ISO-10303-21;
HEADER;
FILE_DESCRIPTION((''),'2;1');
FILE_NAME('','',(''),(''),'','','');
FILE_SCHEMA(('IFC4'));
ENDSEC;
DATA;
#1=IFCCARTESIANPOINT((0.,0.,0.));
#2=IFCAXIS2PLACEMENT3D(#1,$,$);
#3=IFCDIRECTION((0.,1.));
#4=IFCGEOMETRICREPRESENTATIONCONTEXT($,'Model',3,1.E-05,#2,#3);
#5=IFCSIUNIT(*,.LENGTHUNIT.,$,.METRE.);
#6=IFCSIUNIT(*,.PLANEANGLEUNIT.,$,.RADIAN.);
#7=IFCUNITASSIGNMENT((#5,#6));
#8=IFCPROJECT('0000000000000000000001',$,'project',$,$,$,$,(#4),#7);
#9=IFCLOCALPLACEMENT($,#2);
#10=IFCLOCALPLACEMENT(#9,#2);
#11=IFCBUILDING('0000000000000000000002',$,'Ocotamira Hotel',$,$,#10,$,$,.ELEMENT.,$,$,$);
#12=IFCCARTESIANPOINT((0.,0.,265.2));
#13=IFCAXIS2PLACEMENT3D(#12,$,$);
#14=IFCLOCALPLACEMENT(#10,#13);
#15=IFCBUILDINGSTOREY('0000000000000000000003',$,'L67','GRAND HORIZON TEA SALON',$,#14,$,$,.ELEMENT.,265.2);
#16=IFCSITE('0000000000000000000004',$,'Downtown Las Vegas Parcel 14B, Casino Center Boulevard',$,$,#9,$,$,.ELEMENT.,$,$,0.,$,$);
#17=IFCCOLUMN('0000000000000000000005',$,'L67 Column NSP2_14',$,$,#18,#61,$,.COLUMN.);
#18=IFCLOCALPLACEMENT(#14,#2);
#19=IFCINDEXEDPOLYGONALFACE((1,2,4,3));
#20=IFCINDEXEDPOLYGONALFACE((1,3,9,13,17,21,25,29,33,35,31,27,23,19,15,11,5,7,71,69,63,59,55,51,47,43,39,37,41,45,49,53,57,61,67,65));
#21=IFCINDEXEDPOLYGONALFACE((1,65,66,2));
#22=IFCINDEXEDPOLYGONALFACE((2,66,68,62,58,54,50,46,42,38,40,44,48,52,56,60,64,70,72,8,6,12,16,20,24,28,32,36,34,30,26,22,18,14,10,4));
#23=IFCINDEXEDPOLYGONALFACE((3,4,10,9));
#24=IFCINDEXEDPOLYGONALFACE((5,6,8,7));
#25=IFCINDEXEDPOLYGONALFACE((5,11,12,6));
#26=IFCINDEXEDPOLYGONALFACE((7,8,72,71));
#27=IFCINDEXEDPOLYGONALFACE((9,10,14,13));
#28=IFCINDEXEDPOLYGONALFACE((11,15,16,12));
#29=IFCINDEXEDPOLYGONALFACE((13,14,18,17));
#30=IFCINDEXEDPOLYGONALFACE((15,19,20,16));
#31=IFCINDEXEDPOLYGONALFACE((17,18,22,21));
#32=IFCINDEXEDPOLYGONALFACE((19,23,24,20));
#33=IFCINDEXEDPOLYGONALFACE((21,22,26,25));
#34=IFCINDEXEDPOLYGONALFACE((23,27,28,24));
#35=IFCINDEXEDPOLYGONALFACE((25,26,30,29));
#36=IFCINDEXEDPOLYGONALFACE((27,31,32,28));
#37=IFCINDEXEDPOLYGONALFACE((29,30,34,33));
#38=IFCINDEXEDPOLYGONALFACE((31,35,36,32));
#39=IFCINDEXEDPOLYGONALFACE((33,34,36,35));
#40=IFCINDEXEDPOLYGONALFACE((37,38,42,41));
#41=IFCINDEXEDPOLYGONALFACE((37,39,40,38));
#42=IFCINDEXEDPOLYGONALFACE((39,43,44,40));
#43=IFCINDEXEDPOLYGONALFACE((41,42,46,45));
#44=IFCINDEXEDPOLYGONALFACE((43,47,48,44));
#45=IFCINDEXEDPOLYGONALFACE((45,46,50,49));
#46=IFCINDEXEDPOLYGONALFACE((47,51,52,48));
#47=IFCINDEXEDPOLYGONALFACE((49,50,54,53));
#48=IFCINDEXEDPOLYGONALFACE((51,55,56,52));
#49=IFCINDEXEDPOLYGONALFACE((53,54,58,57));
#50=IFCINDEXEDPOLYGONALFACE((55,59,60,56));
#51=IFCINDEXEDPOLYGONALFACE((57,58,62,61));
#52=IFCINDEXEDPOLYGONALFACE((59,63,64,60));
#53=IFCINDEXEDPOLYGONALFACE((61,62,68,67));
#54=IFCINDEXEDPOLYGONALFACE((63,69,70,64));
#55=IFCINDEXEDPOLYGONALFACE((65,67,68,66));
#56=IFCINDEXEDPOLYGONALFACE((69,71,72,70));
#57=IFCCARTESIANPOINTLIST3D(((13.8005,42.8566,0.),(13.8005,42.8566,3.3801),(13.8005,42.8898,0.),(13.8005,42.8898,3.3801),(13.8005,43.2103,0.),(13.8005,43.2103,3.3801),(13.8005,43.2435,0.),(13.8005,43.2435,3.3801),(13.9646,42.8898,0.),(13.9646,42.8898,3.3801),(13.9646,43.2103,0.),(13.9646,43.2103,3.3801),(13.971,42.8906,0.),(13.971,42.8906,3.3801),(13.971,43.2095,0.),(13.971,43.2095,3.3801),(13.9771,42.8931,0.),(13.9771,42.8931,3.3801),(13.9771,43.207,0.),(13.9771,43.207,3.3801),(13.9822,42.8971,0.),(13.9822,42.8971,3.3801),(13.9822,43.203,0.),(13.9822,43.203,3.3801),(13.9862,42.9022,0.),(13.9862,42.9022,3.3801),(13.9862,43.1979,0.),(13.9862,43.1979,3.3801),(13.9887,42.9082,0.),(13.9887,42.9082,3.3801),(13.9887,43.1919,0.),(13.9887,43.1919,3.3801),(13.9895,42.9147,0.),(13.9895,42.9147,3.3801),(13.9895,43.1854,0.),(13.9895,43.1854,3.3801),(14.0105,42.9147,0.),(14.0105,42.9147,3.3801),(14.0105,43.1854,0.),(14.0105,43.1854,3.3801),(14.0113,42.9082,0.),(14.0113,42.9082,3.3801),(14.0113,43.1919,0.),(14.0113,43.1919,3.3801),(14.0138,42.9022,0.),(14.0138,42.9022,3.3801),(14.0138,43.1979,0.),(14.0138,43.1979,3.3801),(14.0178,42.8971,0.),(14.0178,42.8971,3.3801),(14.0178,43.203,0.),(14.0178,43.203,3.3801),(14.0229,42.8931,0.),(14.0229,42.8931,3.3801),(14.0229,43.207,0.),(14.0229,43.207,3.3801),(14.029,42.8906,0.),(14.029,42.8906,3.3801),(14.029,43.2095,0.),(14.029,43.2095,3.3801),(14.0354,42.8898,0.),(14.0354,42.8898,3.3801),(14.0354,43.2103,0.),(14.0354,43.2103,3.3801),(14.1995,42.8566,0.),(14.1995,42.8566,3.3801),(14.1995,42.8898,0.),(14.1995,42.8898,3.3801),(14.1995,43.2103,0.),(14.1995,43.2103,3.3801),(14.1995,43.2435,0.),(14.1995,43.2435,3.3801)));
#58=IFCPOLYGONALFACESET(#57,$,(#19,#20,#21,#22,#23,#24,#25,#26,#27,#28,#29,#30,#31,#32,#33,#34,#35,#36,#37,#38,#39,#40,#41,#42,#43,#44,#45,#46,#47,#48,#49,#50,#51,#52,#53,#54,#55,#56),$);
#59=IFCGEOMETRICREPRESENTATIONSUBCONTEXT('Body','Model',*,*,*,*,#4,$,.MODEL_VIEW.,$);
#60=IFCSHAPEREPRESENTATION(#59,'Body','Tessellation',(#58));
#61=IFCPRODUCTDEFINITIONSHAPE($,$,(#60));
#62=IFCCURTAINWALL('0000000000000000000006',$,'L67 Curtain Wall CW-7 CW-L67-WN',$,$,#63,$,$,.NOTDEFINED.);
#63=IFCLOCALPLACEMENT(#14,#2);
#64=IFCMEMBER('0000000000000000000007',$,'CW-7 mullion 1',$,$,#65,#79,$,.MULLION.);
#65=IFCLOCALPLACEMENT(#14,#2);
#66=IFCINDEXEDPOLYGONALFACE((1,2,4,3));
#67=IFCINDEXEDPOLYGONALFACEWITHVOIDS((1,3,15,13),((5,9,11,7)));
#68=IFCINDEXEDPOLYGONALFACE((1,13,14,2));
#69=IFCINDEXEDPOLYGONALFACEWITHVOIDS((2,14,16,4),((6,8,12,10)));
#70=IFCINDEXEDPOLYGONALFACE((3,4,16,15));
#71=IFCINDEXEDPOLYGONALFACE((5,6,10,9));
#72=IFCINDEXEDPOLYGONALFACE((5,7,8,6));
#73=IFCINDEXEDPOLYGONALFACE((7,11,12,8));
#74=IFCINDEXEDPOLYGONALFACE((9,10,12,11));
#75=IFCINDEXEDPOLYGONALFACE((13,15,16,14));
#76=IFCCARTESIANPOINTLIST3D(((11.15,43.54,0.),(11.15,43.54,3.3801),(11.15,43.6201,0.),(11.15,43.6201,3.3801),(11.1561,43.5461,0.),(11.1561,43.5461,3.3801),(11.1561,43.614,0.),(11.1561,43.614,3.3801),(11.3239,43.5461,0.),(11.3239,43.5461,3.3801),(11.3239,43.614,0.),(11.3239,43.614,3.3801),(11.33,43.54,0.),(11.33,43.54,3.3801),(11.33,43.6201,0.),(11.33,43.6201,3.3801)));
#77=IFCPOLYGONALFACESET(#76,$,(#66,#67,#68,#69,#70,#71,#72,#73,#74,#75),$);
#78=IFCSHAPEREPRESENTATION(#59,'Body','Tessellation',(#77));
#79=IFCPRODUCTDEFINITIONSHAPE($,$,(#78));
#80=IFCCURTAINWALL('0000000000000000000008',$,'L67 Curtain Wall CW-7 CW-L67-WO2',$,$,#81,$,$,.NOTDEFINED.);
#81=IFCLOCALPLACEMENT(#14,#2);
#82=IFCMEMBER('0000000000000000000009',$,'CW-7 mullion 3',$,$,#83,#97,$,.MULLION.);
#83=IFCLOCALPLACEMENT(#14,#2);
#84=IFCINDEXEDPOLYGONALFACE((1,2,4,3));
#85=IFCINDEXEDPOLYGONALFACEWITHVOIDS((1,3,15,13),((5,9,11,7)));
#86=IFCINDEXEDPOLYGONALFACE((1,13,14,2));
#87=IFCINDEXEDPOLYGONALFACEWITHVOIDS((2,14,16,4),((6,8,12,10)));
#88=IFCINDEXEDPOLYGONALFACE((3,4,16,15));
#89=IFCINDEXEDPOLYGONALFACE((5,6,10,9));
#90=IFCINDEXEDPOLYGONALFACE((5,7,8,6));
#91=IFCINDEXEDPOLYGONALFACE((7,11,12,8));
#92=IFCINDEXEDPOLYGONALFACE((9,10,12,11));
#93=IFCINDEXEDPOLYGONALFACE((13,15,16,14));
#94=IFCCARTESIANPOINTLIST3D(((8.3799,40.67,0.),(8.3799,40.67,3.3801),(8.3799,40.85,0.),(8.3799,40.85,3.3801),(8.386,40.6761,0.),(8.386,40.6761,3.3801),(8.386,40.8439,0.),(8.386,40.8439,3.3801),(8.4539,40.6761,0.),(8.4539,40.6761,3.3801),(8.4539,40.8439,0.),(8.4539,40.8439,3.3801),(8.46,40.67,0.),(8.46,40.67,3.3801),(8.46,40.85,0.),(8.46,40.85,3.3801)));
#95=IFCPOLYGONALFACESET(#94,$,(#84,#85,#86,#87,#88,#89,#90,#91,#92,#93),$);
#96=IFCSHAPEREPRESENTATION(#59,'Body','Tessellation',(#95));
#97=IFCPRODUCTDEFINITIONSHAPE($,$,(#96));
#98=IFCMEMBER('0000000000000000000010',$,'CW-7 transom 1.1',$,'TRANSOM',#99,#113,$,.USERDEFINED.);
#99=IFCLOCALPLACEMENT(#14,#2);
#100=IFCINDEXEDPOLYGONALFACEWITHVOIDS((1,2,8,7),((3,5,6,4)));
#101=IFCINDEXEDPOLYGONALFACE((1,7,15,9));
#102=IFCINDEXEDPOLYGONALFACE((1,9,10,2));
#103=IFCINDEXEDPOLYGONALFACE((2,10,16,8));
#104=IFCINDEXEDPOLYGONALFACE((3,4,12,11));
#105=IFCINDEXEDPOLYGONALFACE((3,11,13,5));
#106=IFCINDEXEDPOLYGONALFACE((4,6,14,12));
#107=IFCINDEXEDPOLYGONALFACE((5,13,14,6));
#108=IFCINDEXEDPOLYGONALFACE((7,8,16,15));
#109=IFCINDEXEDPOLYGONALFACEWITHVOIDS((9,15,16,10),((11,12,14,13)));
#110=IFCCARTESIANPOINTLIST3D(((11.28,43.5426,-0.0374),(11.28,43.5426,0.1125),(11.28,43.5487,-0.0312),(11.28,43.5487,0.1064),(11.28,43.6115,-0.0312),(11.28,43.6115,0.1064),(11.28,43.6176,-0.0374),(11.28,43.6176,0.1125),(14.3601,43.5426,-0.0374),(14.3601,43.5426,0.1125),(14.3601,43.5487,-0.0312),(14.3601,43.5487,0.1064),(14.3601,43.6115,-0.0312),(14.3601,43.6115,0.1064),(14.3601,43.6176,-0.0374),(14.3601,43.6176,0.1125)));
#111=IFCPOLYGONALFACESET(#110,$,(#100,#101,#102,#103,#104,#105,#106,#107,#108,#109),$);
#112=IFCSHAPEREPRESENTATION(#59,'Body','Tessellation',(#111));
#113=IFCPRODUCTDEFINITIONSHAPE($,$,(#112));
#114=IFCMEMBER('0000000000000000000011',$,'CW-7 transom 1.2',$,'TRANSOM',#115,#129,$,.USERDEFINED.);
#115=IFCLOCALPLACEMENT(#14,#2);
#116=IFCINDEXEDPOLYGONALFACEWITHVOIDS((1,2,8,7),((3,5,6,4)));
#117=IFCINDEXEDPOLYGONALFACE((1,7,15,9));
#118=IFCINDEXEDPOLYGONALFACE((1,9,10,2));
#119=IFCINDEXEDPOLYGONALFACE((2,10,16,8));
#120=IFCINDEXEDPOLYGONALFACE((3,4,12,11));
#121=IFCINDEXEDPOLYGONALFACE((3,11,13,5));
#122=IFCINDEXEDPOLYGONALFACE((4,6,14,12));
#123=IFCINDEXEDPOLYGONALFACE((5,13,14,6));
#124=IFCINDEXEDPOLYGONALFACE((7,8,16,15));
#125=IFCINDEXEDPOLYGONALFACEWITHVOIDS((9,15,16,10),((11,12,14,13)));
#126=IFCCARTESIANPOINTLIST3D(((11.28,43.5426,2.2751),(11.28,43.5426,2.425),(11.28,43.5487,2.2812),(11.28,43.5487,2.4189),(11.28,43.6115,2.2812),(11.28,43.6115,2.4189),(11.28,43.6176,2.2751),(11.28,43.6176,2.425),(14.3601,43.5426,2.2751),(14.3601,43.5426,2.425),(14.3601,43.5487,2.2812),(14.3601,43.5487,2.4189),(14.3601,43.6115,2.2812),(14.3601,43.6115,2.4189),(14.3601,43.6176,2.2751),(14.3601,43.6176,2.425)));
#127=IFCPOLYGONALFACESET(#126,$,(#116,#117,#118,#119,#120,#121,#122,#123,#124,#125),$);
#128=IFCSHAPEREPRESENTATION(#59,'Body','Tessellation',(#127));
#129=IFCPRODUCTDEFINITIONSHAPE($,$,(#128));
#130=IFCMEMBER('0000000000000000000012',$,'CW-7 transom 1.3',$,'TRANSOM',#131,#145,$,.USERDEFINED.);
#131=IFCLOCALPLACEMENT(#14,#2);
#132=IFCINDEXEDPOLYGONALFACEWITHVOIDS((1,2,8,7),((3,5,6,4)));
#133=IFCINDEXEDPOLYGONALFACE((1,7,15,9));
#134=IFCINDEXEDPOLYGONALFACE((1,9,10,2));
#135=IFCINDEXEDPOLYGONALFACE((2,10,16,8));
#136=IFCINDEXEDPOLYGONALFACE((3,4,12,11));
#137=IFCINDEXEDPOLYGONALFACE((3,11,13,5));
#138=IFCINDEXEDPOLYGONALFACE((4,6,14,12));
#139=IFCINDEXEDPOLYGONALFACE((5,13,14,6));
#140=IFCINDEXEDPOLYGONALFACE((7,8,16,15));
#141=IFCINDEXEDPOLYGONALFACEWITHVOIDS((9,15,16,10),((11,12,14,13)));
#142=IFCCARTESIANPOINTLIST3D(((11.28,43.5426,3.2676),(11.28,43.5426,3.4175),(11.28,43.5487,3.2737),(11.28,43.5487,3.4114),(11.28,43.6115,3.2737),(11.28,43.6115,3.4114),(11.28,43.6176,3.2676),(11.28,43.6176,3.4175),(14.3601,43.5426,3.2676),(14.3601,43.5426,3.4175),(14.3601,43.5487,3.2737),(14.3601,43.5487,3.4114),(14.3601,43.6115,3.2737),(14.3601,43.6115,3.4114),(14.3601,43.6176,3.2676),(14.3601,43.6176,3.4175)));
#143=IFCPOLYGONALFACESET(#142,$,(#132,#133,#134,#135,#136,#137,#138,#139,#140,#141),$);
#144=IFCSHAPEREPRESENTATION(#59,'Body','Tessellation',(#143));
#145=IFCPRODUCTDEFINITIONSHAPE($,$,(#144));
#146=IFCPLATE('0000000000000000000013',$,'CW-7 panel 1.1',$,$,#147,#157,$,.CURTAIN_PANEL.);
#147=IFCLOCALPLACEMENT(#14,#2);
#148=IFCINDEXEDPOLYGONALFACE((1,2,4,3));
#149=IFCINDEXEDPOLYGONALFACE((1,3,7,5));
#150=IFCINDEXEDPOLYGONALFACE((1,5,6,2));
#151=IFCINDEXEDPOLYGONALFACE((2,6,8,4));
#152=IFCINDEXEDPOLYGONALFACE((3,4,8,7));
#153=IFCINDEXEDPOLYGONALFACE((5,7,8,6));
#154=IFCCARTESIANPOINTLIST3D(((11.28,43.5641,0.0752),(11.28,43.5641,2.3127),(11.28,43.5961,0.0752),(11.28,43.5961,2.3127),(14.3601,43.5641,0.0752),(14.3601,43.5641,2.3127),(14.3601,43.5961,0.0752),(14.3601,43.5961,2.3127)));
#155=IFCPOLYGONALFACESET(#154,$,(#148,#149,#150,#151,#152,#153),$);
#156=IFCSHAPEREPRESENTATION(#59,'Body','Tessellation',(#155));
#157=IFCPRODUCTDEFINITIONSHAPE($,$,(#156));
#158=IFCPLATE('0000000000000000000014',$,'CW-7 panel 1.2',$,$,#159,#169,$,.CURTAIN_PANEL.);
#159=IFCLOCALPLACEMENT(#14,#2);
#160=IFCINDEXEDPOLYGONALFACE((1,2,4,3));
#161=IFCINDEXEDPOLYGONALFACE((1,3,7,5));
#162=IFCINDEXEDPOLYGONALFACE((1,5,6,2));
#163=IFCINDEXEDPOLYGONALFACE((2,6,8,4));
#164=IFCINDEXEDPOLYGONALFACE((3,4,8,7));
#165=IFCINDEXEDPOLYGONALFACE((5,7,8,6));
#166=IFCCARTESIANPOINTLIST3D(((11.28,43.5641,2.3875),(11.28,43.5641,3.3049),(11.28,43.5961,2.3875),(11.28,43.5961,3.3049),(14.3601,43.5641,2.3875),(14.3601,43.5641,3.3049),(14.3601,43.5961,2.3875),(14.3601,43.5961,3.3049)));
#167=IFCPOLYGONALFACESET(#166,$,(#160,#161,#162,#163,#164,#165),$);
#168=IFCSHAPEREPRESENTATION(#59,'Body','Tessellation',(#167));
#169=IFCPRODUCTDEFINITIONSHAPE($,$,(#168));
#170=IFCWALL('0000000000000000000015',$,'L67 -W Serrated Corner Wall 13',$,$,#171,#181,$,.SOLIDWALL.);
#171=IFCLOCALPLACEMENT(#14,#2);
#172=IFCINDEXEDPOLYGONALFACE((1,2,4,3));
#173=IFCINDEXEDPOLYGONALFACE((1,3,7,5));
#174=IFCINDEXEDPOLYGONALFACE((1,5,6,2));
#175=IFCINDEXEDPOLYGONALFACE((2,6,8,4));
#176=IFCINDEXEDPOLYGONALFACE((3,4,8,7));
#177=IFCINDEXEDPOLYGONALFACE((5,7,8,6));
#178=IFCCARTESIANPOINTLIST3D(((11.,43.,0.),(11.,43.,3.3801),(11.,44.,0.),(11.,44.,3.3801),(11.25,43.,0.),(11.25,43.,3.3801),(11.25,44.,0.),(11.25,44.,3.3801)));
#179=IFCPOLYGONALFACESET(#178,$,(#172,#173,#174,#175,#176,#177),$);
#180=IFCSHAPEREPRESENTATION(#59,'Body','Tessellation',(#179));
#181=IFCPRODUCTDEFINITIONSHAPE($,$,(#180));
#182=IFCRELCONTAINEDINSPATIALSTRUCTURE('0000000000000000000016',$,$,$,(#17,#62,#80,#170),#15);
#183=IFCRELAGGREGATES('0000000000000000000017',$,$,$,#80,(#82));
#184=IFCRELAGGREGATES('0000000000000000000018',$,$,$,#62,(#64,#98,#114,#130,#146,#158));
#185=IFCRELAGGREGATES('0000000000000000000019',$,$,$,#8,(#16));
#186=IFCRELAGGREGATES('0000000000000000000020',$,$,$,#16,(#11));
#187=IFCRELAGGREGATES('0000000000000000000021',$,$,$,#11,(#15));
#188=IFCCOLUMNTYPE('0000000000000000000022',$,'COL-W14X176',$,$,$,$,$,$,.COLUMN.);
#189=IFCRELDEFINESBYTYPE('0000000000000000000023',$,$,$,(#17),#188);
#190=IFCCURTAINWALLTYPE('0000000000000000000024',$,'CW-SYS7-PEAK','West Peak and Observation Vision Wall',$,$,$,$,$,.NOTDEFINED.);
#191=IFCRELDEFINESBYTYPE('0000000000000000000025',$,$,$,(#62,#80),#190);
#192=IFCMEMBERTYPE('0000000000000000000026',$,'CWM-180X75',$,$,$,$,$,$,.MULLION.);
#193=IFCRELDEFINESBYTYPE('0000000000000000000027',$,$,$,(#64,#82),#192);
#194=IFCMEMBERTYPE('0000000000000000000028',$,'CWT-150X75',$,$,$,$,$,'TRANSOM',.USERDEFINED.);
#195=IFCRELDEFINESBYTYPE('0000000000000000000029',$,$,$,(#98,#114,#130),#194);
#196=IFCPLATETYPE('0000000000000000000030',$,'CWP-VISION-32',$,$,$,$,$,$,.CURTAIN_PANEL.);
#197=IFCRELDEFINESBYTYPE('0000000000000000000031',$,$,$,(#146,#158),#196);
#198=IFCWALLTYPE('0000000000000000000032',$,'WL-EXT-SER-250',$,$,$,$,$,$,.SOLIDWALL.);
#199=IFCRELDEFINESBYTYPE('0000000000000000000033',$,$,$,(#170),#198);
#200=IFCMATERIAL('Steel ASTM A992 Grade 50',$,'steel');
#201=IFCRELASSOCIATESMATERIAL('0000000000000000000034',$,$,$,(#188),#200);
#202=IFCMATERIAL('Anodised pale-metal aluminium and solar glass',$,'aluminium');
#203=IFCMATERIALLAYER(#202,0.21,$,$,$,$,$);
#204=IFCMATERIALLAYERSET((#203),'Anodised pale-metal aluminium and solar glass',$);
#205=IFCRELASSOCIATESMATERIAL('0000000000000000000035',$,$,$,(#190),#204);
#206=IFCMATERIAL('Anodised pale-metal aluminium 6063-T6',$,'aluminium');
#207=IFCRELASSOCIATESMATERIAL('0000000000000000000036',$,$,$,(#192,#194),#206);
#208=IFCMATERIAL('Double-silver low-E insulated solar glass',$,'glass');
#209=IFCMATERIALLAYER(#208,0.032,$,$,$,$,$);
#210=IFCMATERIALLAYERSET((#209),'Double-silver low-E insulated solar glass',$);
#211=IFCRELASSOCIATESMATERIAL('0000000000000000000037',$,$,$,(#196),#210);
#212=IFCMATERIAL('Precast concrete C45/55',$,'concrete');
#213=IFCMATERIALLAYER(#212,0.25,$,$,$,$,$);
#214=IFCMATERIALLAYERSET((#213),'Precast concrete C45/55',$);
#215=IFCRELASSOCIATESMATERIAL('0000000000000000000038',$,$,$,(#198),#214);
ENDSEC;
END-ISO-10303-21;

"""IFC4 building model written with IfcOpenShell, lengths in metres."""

from ifc_helpers import new_model, si_unit, direction, frame, frame_2d, origin, origin_2d, place, context, subcontext, project, spatial, rectangle, hollow_rectangle, i_section, extrude, source, transform, mapped, material, layer, layer_set, material_profile, profile_set, type_object, element, aggregate, save


model = new_model("IFC4")

# Units and contexts
model_context = context("Model", 3, precision=1e-05, world=origin(), true_north=direction((0.0, 1.0)))
body_context = subcontext(model_context, "Body", "Model", "MODEL_VIEW")
ifc_project = project(units=[si_unit("LENGTHUNIT", "METRE"), si_unit("PLANEANGLEUNIT", "RADIAN")], contexts=[model_context])

# Site, building, storey
site_placement = place(None, origin())
site = spatial("IfcSite", under=ifc_project, at=site_placement, Name="Downtown Las Vegas Parcel 14B, Casino Center Boulevard", CompositionType="ELEMENT", RefElevation=0.0)
building_placement = place(site_placement, origin())
building = spatial("IfcBuilding", under=site, at=building_placement, Name="Ocotamira Hotel", CompositionType="ELEMENT")
storey_placement = place(building_placement, frame((0.0, 0.0, 265.2)))
storey = spatial("IfcBuildingStorey", under=building, at=storey_placement, Name="L67", Description="GRAND HORIZON TEA SALON", CompositionType="ELEMENT", Elevation=265.2)

# Column
ifc_material_1 = material(Name="Steel ASTM A992 Grade 50", Category="steel")
ifc_material_profile_1 = material_profile(ifc_material_1, i_section(OverallWidth=0.3989, OverallDepth=0.387, WebThickness=0.021, FlangeThickness=0.0332, FilletRadius=0.0249, at=origin_2d()), Name="W14X176")
ifc_profile_set_1 = profile_set([ifc_material_profile_1], Name="Steel ASTM A992 Grade 50")
column_type = type_object("IfcColumnType", Name="COL-W14X176", PredefinedType="COLUMN", material=ifc_profile_set_1)
shared_shape_1 = source(origin(), body_context, "Body", "SweptSolid", [
    extrude(i_section(OverallWidth=0.3989, OverallDepth=0.387, WebThickness=0.021, FlangeThickness=0.0332, FilletRadius=0.0249, at=origin_2d()), origin(), (0.0, 0.0, 1.0), 3.3801),
])
column_placement = place(storey_placement, frame((14.0, 43.05, 0.0), z_axis=(0.0, 0.0, 1.0), x_axis=(1.0, 0.0, 0.0)))
element("IfcColumn", 1, at=column_placement, inside=storey, type_object=column_type, Name="L67 Column NSP2_14", PredefinedType="COLUMN", context=body_context, shape_type="MappedRepresentation", body=[
    mapped(shared_shape_1, transform((0.0, 0.0, 0.0), scale=1.0)),
])

# Curtain walls, members
ifc_material_2 = material(Name="Anodised pale-metal aluminium and solar glass", Category="aluminium")
ifc_layer_1 = layer(ifc_material_2, 0.21)
ifc_layer_set_1 = layer_set([ifc_layer_1], Name="Anodised pale-metal aluminium and solar glass")
curtain_wall_type = type_object("IfcCurtainWallType", Name="CW-SYS7-PEAK", Description="West Peak and Observation Vision Wall", PredefinedType="NOTDEFINED", material=ifc_layer_set_1)
curtain_wall_1_placement = place(storey_placement, origin())
curtain_wall_1 = element("IfcCurtainWall", 2, at=curtain_wall_1_placement, inside=storey, type_object=curtain_wall_type, Name="L67 Curtain Wall CW-7 CW-L67-WN", PredefinedType="NOTDEFINED")
ifc_material_3 = material(Name="Anodised pale-metal aluminium 6063-T6", Category="aluminium")
ifc_material_profile_2 = material_profile(ifc_material_3, hollow_rectangle(XDim=0.0801, YDim=0.1799, WallThickness=0.0061, at=origin_2d()), Name="HSS180X80X6")
ifc_profile_set_2 = profile_set([ifc_material_profile_2], Name="Anodised pale-metal aluminium 6063-T6")
member_type_1 = type_object("IfcMemberType", Name="CWM-180X75", PredefinedType="MULLION", material=ifc_profile_set_2)
shared_shape_2 = source(origin(), body_context, "Body", "SweptSolid", [
    extrude(hollow_rectangle(XDim=0.0801, YDim=0.1799, WallThickness=0.0061, at=origin_2d()), origin(), (0.0, 0.0, 1.0), 3.3801),
])
member_1_placement = place(storey_placement, frame((11.24, 43.5801, 0.0), z_axis=(0.0, 0.0, 1.0), x_axis=(0.0, 1.0, 0.0)))
member_1 = element("IfcMember", 3, at=member_1_placement, type_object=member_type_1, Name="CW-7 mullion 1", PredefinedType="MULLION", context=body_context, shape_type="MappedRepresentation", body=[
    mapped(shared_shape_2, transform((0.0, 0.0, 0.0), scale=1.0)),
])
curtain_wall_2_placement = place(storey_placement, origin())
curtain_wall_2 = element("IfcCurtainWall", 4, at=curtain_wall_2_placement, inside=storey, type_object=curtain_wall_type, Name="L67 Curtain Wall CW-7 CW-L67-WO2", PredefinedType="NOTDEFINED")
member_2_placement = place(storey_placement, frame((8.4199, 40.76, 0.0), z_axis=(0.0, 0.0, 1.0), x_axis=(-1.0, 0.0, 0.0)))
member_2 = element("IfcMember", 5, at=member_2_placement, type_object=member_type_1, Name="CW-7 mullion 3", PredefinedType="MULLION", context=body_context, shape_type="MappedRepresentation", body=[
    mapped(shared_shape_2, transform((0.0, 0.0, 0.0), scale=1.0)),
])
aggregate(curtain_wall_2, [member_2])

# Members
ifc_material_profile_3 = material_profile(ifc_material_3, hollow_rectangle(XDim=0.075, YDim=0.1499, WallThickness=0.0061, at=origin_2d()), Name="HSS150X75X6")
ifc_profile_set_3 = profile_set([ifc_material_profile_3], Name="Anodised pale-metal aluminium 6063-T6")
member_type_2 = type_object("IfcMemberType", Name="CWT-150X75", ElementType="TRANSOM", PredefinedType="USERDEFINED", material=ifc_profile_set_3)
shared_shape_3 = source(origin(), body_context, "Body", "SweptSolid", [
    extrude(hollow_rectangle(XDim=0.075, YDim=0.1499, WallThickness=0.0061, at=origin_2d()), origin(), (0.0, 0.0, 1.0), 3.0801),
])
member_3_placement = place(storey_placement, frame((11.28, 43.5801, 0.0376), z_axis=(1.0, 0.0, 0.0), x_axis=(0.0, 1.0, 0.0)))
member_3 = element("IfcMember", 6, at=member_3_placement, type_object=member_type_2, Name="CW-7 transom 1.1", ObjectType="TRANSOM", PredefinedType="USERDEFINED", context=body_context, shape_type="MappedRepresentation", body=[
    mapped(shared_shape_3, transform((0.0, 0.0, 0.0), scale=1.0)),
])
member_4_placement = place(storey_placement, frame((11.28, 43.5801, 2.3501), z_axis=(1.0, 0.0, 0.0), x_axis=(0.0, 1.0, 0.0)))
member_4 = element("IfcMember", 7, at=member_4_placement, type_object=member_type_2, Name="CW-7 transom 1.2", ObjectType="TRANSOM", PredefinedType="USERDEFINED", context=body_context, shape_type="MappedRepresentation", body=[
    mapped(shared_shape_3, transform((0.0, 0.0, 0.0), scale=1.0)),
])
member_5_placement = place(storey_placement, frame((11.28, 43.5801, 3.3425), z_axis=(1.0, 0.0, 0.0), x_axis=(0.0, 1.0, 0.0)))
member_5 = element("IfcMember", 8, at=member_5_placement, type_object=member_type_2, Name="CW-7 transom 1.3", ObjectType="TRANSOM", PredefinedType="USERDEFINED", context=body_context, shape_type="MappedRepresentation", body=[
    mapped(shared_shape_3, transform((0.0, 0.0, 0.0), scale=1.0)),
])

# Plates
ifc_material_4 = material(Name="Double-silver low-E insulated solar glass", Category="glass")
ifc_layer_2 = layer(ifc_material_4, 0.032)
ifc_layer_set_2 = layer_set([ifc_layer_2], Name="Double-silver low-E insulated solar glass")
plate_type = type_object("IfcPlateType", Name="CWP-VISION-32", PredefinedType="CURTAIN_PANEL", material=ifc_layer_set_2)
shared_shape_4 = source(origin(), body_context, "Body", "SweptSolid", [
    extrude(rectangle(XDim=3.0801, YDim=0.032, at=origin_2d()), origin(), (0.0, 0.0, 1.0), 2.2375),
])
plate_1_placement = place(storey_placement, frame((12.8201, 43.5801, 0.0752), z_axis=(0.0, 0.0, 1.0), x_axis=(1.0, 0.0, 0.0)))
plate_1 = element("IfcPlate", 9, at=plate_1_placement, type_object=plate_type, Name="CW-7 panel 1.1", PredefinedType="CURTAIN_PANEL", context=body_context, shape_type="MappedRepresentation", body=[
    mapped(shared_shape_4, transform((0.0, 0.0, 0.0), scale=1.0)),
])
shared_shape_5 = source(origin(), body_context, "Body", "SweptSolid", [
    extrude(rectangle(XDim=3.0801, YDim=0.032, at=origin_2d()), origin(), (0.0, 0.0, 1.0), 0.9175),
])
plate_2_placement = place(storey_placement, frame((12.8201, 43.5801, 2.3875), z_axis=(0.0, 0.0, 1.0), x_axis=(1.0, 0.0, 0.0)))
plate_2 = element("IfcPlate", 10, at=plate_2_placement, type_object=plate_type, Name="CW-7 panel 1.2", PredefinedType="CURTAIN_PANEL", context=body_context, shape_type="MappedRepresentation", body=[
    mapped(shared_shape_5, transform((0.0, 0.0, 0.0), scale=1.0)),
])
aggregate(curtain_wall_1, [member_1, member_3, member_4, member_5, plate_1, plate_2])

# Wall
ifc_material_5 = material(Name="Precast concrete C45/55", Category="concrete")
ifc_layer_3 = layer(ifc_material_5, 0.25)
ifc_layer_set_3 = layer_set([ifc_layer_3], Name="Precast concrete C45/55")
wall_type_1 = type_object("IfcWallType", Name="WL-EXT-SER-250", PredefinedType="SOLIDWALL", material=ifc_layer_set_3)
for number, where, z_axis, x_axis, name in (
    (11, (11.125, 44.0, 0.0), (0.0, 0.0, 1.0), (0.0, -1.0, 0.0), "L67 -W Serrated Corner Wall 13"),
):
    element("IfcWall", number, at=place(storey_placement, frame(where, z_axis=z_axis, x_axis=x_axis)), inside=storey, type_object=wall_type_1, Name=name, PredefinedType="SOLIDWALL", context=body_context, shape_type="SweptSolid", body=[
        extrude(rectangle(XDim=1.0, YDim=0.25, at=frame_2d((0.5, 0.0))), origin(), (0.0, 0.0, 1.0), 3.3801),
    ])

save(model, "model.ifc")
